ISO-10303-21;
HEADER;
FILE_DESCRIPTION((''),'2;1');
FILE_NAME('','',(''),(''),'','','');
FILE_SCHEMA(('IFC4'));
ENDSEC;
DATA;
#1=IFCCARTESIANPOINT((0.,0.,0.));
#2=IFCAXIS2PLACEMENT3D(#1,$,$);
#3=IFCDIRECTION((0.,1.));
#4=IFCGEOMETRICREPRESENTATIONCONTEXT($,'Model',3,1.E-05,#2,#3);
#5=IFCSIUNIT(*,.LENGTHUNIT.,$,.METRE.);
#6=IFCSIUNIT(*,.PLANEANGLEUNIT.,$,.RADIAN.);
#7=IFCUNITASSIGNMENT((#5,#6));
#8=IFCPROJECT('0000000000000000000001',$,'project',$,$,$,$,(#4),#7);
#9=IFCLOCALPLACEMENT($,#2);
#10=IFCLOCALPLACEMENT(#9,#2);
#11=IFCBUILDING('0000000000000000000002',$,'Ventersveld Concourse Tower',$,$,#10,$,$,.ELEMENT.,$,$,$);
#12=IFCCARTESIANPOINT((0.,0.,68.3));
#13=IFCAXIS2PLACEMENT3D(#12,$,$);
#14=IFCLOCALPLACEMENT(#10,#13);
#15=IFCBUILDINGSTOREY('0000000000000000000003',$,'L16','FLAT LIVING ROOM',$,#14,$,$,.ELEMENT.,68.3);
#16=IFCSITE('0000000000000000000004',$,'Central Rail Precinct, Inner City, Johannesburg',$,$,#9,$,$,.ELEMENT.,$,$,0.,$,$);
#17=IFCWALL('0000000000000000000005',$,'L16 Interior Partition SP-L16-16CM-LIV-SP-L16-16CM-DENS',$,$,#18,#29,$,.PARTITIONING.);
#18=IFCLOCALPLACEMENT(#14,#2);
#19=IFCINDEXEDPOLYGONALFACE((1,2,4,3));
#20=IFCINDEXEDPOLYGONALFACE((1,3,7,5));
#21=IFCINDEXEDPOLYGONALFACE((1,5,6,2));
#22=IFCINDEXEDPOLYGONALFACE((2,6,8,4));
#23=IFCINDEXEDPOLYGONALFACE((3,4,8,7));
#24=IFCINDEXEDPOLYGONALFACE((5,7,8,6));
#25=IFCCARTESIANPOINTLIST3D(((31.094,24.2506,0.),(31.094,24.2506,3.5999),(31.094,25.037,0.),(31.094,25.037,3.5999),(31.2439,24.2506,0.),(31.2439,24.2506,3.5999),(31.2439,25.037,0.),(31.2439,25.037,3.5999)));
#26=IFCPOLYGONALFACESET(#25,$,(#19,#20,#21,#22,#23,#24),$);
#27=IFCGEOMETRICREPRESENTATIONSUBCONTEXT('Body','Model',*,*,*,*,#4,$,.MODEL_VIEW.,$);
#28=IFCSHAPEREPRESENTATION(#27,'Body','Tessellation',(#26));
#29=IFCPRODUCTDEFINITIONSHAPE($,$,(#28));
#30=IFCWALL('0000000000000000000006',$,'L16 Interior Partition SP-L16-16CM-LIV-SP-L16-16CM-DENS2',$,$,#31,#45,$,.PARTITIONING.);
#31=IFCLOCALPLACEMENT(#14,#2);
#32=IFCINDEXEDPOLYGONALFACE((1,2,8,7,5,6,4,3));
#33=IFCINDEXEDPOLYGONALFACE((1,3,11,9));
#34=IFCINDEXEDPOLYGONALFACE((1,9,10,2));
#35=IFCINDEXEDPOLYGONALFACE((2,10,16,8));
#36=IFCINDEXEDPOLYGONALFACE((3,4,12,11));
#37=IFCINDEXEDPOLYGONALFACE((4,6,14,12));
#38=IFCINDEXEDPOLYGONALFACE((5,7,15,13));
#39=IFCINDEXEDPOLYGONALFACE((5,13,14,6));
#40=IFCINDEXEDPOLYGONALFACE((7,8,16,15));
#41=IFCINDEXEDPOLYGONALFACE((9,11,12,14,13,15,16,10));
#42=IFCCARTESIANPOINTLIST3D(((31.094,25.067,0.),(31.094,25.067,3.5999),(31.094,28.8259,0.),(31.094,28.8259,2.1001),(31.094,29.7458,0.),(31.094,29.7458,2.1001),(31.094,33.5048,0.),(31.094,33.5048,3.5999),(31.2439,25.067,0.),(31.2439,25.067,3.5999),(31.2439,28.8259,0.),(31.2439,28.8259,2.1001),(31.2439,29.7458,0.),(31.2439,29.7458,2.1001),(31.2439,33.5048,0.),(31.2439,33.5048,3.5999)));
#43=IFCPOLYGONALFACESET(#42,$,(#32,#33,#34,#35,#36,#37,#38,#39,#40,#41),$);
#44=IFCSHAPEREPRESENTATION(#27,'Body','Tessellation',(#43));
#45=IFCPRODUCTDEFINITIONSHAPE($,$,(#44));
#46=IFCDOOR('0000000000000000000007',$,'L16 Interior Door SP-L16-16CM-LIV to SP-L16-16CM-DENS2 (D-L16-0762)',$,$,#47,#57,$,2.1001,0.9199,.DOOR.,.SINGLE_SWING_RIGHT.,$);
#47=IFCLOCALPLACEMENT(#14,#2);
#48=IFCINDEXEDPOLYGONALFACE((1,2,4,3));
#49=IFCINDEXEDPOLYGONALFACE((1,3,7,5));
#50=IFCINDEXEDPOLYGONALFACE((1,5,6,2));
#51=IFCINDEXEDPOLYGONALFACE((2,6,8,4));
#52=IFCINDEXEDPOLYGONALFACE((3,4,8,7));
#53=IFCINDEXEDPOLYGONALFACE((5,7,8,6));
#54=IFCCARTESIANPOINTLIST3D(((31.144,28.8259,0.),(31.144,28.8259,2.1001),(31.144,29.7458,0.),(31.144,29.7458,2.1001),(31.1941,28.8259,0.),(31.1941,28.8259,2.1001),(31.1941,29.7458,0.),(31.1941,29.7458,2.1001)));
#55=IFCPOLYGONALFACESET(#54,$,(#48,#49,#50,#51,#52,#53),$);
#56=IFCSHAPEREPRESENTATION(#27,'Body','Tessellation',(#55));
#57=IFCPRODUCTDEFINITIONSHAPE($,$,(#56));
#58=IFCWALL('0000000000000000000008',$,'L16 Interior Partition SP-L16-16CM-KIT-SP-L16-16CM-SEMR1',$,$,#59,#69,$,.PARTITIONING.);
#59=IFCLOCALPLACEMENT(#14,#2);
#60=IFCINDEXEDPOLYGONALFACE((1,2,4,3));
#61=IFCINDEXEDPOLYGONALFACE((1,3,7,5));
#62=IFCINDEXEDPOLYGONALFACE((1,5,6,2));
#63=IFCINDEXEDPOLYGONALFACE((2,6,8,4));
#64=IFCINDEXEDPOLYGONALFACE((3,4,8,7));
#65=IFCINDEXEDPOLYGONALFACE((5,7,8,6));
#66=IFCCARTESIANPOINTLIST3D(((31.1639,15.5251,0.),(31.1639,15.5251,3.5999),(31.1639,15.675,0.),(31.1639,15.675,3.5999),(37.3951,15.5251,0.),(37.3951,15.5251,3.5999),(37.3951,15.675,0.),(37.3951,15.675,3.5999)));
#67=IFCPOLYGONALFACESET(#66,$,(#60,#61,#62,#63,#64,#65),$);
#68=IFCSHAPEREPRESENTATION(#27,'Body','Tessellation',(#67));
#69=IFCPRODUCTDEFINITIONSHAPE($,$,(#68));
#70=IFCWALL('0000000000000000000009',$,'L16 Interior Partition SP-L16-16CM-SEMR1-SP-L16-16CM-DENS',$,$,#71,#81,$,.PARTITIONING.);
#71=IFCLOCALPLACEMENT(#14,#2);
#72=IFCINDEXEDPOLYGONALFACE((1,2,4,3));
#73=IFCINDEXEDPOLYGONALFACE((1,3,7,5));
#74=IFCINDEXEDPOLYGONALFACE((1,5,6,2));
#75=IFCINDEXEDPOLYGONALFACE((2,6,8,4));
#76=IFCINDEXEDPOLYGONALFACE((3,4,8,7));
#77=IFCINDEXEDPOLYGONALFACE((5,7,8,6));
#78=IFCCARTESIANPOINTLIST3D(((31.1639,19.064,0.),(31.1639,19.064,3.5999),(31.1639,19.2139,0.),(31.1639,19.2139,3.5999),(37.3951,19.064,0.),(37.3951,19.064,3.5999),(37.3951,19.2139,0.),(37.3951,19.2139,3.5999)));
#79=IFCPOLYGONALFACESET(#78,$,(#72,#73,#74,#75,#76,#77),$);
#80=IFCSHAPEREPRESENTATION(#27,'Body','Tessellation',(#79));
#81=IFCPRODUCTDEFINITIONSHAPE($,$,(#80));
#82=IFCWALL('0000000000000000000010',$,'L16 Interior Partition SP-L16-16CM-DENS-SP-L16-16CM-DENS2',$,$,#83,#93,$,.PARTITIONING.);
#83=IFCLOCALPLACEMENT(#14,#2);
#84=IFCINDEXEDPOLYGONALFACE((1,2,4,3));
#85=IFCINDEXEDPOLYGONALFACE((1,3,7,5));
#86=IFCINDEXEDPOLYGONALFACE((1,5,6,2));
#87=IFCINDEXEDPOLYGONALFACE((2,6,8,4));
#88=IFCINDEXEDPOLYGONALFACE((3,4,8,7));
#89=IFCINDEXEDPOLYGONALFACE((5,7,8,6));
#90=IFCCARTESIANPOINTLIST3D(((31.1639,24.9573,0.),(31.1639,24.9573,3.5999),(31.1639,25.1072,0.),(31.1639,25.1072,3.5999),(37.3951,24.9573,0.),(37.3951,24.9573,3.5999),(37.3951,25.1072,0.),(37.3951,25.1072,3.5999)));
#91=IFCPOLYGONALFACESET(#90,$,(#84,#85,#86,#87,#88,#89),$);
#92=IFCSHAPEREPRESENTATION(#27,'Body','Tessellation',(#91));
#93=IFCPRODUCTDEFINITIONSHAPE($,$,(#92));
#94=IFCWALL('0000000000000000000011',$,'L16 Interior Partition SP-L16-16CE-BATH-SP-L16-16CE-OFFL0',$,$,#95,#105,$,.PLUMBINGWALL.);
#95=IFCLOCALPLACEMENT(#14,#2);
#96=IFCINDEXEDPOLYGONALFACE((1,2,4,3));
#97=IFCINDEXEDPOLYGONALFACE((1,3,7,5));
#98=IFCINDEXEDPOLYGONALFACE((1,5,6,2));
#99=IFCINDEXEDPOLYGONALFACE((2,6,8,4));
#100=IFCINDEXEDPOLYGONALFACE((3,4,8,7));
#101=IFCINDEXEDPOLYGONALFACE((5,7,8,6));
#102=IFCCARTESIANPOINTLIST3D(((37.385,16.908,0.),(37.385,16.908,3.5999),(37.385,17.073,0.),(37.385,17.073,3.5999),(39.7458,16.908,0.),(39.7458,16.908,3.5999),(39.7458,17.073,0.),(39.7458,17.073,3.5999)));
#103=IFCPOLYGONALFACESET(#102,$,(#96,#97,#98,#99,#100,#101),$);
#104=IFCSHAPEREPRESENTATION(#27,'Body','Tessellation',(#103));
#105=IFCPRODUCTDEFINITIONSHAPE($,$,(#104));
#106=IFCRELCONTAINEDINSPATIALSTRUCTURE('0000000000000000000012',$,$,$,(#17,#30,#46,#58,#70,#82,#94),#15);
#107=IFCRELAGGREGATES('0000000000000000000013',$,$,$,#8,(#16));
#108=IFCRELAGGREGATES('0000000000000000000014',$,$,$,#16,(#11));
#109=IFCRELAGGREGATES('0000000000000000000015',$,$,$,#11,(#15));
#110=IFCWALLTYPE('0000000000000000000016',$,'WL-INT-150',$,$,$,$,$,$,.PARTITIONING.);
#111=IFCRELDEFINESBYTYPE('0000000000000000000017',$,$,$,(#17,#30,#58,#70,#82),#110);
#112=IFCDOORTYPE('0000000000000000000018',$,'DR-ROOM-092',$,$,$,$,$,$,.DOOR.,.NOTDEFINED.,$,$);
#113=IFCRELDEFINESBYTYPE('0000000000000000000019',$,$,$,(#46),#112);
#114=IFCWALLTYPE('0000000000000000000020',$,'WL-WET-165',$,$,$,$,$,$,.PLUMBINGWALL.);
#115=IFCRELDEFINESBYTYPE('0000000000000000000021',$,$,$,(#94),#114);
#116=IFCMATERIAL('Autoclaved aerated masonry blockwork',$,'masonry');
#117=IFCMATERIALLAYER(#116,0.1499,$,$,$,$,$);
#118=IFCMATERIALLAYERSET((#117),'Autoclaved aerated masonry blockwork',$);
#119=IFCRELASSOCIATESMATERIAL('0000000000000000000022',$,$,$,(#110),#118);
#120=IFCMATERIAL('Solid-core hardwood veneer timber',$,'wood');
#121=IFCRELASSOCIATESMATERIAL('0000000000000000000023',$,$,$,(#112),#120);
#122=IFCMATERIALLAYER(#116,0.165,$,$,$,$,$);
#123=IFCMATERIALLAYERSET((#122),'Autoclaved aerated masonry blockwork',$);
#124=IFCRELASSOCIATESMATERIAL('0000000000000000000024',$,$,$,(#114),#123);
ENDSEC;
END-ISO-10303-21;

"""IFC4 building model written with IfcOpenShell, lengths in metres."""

from ifc_helpers import new_model, si_unit, direction, frame, frame_2d, origin, place, context, subcontext, project, spatial, rectangle, extrude, material, layer, layer_set, type_object, element, fill, save


model = new_model("IFC4")

# Units and contexts
model_context = context("Model", 3, precision=1e-05, world=origin(), true_north=direction((0.0, 1.0)))
body_context = subcontext(model_context, "Body", "Model", "MODEL_VIEW")
ifc_project = project(units=[si_unit("LENGTHUNIT", "METRE"), si_unit("PLANEANGLEUNIT", "RADIAN")], contexts=[model_context])

# Site, building, storey
site_placement = place(None, origin())
site = spatial("IfcSite", under=ifc_project, at=site_placement, Name="Central Rail Precinct, Inner City, Johannesburg", CompositionType="ELEMENT", RefElevation=0.0)
building_placement = place(site_placement, origin())
building = spatial("IfcBuilding", under=site, at=building_placement, Name="Ventersveld Concourse Tower", CompositionType="ELEMENT")
storey_placement = place(building_placement, frame((0.0, 0.0, 68.3)))
storey = spatial("IfcBuildingStorey", under=building, at=storey_placement, Name="L16", Description="FLAT LIVING ROOM", CompositionType="ELEMENT", Elevation=68.3)

# Shared definitions
ifc_material_1 = material(Name="Autoclaved aerated masonry blockwork", Category="masonry")
ifc_layer_1 = layer(ifc_material_1, 0.1499)
ifc_layer_set_1 = layer_set([ifc_layer_1], Name="Autoclaved aerated masonry blockwork")
wall_type_1 = type_object("IfcWallType", Name="WL-INT-150", PredefinedType="PARTITIONING", material=ifc_layer_set_1)
ifc_material_2 = material(Name="Solid-core hardwood veneer timber", Category="wood")
door_type = type_object("IfcDoorType", Name="DR-ROOM-092", OperationType="NOTDEFINED", PredefinedType="DOOR", material=ifc_material_2)

# Wall
wall_1_placement = place(storey_placement, frame((31.1689, 24.2507, 0.0), z_axis=(0.0, 0.0, 1.0), x_axis=(0.0, 1.0, 0.0)))
element("IfcWall", 1, at=wall_1_placement, inside=storey, type_object=wall_type_1, Name="L16 Interior Partition SP-L16-16CM-LIV-SP-L16-16CM-DENS", PredefinedType="PARTITIONING", context=body_context, shape_type="SweptSolid", body=[
    extrude(rectangle(XDim=0.7864, YDim=0.1499, at=frame_2d((0.3931, 0.0))), origin(), (0.0, 0.0, 1.0), 3.5999),
])

# Wall, opening, door
wall_2_placement = place(storey_placement, frame((31.1689, 25.0671, 0.0), z_axis=(0.0, 0.0, 1.0), x_axis=(0.0, 1.0, 0.0)))
wall_2 = element("IfcWall", 2, at=wall_2_placement, inside=storey, type_object=wall_type_1, Name="L16 Interior Partition SP-L16-16CM-LIV-SP-L16-16CM-DENS2", PredefinedType="PARTITIONING", context=body_context, shape_type="SweptSolid", body=[
    extrude(rectangle(XDim=8.4377, YDim=0.1499, at=frame_2d((4.2188, 0.0))), origin(), (0.0, 0.0, 1.0), 3.5999),
])
opening_1_placement = place(wall_2_placement, frame((3.7588, 0.0, 0.0)))
opening_1 = element("IfcOpeningElement", 3, at=opening_1_placement, cuts=wall_2, PredefinedType="OPENING", context=body_context, shape_type="SweptSolid", body=[
    extrude(rectangle(XDim=0.9199, YDim=2.1001, at=frame_2d((0.46, 1.05))), frame((0.0, 0.085, 0.0), z_axis=(0.0, -1.0, 0.0), x_axis=(1.0, 0.0, 0.0)), (0.0, 0.0, 1.0), 0.1699),
])
door_1_placement = place(opening_1_placement, origin())
door_1 = element("IfcDoor", 4, at=door_1_placement, inside=storey, type_object=door_type, Name="L16 Interior Door SP-L16-16CM-LIV to SP-L16-16CM-DENS2 (D-L16-0762)", OperationType="SINGLE_SWING_RIGHT", OverallHeight=2.1001, OverallWidth=0.9199, PredefinedType="DOOR", context=body_context, shape_type="SweptSolid", body=[
    extrude(rectangle(XDim=0.9199, YDim=2.1001, at=frame_2d((0.46, 1.05))), frame((0.0, 0.0249, 0.0), z_axis=(0.0, -1.0, 0.0), x_axis=(1.0, 0.0, 0.0)), (0.0, 0.0, 1.0), 0.05),
])
fill(opening_1, door_1)

# Walls
for number, where, z_axis, x_axis, name in (
    (5, (31.1638, 15.6001, 0.0), (0.0, 0.0, 1.0), (1.0, 0.0, 0.0), "L16 Interior Partition SP-L16-16CM-KIT-SP-L16-16CM-SEMR1"),
    (6, (31.1638, 19.1389, 0.0), (0.0, 0.0, 1.0), (1.0, 0.0, 0.0), "L16 Interior Partition SP-L16-16CM-SEMR1-SP-L16-16CM-DENS"),
    (7, (31.1638, 25.0322, 0.0), (0.0, 0.0, 1.0), (1.0, 0.0, 0.0), "L16 Interior Partition SP-L16-16CM-DENS-SP-L16-16CM-DENS2"),
):
    element("IfcWall", number, at=place(storey_placement, frame(where, z_axis=z_axis, x_axis=x_axis)), inside=storey, type_object=wall_type_1, Name=name, PredefinedType="PARTITIONING", context=body_context, shape_type="SweptSolid", body=[
        extrude(rectangle(XDim=6.2312, YDim=0.1499, at=frame_2d((3.1157, 0.0))), origin(), (0.0, 0.0, 1.0), 3.5999),
    ])
ifc_layer_2 = layer(ifc_material_1, 0.165)
ifc_layer_set_2 = layer_set([ifc_layer_2], Name="Autoclaved aerated masonry blockwork")
wall_type_2 = type_object("IfcWallType", Name="WL-WET-165", PredefinedType="PLUMBINGWALL", material=ifc_layer_set_2)
wall_3_placement = place(storey_placement, frame((37.385, 16.9905, 0.0), z_axis=(0.0, 0.0, 1.0), x_axis=(1.0, 0.0, 0.0)))
element("IfcWall", 8, at=wall_3_placement, inside=storey, type_object=wall_type_2, Name="L16 Interior Partition SP-L16-16CE-BATH-SP-L16-16CE-OFFL0", PredefinedType="PLUMBINGWALL", context=body_context, shape_type="SweptSolid", body=[
    extrude(rectangle(XDim=2.3608, YDim=0.165, at=frame_2d((1.1804, 0.0))), origin(), (0.0, 0.0, 1.0), 3.5999),
])

save(model, "model.ifc")
